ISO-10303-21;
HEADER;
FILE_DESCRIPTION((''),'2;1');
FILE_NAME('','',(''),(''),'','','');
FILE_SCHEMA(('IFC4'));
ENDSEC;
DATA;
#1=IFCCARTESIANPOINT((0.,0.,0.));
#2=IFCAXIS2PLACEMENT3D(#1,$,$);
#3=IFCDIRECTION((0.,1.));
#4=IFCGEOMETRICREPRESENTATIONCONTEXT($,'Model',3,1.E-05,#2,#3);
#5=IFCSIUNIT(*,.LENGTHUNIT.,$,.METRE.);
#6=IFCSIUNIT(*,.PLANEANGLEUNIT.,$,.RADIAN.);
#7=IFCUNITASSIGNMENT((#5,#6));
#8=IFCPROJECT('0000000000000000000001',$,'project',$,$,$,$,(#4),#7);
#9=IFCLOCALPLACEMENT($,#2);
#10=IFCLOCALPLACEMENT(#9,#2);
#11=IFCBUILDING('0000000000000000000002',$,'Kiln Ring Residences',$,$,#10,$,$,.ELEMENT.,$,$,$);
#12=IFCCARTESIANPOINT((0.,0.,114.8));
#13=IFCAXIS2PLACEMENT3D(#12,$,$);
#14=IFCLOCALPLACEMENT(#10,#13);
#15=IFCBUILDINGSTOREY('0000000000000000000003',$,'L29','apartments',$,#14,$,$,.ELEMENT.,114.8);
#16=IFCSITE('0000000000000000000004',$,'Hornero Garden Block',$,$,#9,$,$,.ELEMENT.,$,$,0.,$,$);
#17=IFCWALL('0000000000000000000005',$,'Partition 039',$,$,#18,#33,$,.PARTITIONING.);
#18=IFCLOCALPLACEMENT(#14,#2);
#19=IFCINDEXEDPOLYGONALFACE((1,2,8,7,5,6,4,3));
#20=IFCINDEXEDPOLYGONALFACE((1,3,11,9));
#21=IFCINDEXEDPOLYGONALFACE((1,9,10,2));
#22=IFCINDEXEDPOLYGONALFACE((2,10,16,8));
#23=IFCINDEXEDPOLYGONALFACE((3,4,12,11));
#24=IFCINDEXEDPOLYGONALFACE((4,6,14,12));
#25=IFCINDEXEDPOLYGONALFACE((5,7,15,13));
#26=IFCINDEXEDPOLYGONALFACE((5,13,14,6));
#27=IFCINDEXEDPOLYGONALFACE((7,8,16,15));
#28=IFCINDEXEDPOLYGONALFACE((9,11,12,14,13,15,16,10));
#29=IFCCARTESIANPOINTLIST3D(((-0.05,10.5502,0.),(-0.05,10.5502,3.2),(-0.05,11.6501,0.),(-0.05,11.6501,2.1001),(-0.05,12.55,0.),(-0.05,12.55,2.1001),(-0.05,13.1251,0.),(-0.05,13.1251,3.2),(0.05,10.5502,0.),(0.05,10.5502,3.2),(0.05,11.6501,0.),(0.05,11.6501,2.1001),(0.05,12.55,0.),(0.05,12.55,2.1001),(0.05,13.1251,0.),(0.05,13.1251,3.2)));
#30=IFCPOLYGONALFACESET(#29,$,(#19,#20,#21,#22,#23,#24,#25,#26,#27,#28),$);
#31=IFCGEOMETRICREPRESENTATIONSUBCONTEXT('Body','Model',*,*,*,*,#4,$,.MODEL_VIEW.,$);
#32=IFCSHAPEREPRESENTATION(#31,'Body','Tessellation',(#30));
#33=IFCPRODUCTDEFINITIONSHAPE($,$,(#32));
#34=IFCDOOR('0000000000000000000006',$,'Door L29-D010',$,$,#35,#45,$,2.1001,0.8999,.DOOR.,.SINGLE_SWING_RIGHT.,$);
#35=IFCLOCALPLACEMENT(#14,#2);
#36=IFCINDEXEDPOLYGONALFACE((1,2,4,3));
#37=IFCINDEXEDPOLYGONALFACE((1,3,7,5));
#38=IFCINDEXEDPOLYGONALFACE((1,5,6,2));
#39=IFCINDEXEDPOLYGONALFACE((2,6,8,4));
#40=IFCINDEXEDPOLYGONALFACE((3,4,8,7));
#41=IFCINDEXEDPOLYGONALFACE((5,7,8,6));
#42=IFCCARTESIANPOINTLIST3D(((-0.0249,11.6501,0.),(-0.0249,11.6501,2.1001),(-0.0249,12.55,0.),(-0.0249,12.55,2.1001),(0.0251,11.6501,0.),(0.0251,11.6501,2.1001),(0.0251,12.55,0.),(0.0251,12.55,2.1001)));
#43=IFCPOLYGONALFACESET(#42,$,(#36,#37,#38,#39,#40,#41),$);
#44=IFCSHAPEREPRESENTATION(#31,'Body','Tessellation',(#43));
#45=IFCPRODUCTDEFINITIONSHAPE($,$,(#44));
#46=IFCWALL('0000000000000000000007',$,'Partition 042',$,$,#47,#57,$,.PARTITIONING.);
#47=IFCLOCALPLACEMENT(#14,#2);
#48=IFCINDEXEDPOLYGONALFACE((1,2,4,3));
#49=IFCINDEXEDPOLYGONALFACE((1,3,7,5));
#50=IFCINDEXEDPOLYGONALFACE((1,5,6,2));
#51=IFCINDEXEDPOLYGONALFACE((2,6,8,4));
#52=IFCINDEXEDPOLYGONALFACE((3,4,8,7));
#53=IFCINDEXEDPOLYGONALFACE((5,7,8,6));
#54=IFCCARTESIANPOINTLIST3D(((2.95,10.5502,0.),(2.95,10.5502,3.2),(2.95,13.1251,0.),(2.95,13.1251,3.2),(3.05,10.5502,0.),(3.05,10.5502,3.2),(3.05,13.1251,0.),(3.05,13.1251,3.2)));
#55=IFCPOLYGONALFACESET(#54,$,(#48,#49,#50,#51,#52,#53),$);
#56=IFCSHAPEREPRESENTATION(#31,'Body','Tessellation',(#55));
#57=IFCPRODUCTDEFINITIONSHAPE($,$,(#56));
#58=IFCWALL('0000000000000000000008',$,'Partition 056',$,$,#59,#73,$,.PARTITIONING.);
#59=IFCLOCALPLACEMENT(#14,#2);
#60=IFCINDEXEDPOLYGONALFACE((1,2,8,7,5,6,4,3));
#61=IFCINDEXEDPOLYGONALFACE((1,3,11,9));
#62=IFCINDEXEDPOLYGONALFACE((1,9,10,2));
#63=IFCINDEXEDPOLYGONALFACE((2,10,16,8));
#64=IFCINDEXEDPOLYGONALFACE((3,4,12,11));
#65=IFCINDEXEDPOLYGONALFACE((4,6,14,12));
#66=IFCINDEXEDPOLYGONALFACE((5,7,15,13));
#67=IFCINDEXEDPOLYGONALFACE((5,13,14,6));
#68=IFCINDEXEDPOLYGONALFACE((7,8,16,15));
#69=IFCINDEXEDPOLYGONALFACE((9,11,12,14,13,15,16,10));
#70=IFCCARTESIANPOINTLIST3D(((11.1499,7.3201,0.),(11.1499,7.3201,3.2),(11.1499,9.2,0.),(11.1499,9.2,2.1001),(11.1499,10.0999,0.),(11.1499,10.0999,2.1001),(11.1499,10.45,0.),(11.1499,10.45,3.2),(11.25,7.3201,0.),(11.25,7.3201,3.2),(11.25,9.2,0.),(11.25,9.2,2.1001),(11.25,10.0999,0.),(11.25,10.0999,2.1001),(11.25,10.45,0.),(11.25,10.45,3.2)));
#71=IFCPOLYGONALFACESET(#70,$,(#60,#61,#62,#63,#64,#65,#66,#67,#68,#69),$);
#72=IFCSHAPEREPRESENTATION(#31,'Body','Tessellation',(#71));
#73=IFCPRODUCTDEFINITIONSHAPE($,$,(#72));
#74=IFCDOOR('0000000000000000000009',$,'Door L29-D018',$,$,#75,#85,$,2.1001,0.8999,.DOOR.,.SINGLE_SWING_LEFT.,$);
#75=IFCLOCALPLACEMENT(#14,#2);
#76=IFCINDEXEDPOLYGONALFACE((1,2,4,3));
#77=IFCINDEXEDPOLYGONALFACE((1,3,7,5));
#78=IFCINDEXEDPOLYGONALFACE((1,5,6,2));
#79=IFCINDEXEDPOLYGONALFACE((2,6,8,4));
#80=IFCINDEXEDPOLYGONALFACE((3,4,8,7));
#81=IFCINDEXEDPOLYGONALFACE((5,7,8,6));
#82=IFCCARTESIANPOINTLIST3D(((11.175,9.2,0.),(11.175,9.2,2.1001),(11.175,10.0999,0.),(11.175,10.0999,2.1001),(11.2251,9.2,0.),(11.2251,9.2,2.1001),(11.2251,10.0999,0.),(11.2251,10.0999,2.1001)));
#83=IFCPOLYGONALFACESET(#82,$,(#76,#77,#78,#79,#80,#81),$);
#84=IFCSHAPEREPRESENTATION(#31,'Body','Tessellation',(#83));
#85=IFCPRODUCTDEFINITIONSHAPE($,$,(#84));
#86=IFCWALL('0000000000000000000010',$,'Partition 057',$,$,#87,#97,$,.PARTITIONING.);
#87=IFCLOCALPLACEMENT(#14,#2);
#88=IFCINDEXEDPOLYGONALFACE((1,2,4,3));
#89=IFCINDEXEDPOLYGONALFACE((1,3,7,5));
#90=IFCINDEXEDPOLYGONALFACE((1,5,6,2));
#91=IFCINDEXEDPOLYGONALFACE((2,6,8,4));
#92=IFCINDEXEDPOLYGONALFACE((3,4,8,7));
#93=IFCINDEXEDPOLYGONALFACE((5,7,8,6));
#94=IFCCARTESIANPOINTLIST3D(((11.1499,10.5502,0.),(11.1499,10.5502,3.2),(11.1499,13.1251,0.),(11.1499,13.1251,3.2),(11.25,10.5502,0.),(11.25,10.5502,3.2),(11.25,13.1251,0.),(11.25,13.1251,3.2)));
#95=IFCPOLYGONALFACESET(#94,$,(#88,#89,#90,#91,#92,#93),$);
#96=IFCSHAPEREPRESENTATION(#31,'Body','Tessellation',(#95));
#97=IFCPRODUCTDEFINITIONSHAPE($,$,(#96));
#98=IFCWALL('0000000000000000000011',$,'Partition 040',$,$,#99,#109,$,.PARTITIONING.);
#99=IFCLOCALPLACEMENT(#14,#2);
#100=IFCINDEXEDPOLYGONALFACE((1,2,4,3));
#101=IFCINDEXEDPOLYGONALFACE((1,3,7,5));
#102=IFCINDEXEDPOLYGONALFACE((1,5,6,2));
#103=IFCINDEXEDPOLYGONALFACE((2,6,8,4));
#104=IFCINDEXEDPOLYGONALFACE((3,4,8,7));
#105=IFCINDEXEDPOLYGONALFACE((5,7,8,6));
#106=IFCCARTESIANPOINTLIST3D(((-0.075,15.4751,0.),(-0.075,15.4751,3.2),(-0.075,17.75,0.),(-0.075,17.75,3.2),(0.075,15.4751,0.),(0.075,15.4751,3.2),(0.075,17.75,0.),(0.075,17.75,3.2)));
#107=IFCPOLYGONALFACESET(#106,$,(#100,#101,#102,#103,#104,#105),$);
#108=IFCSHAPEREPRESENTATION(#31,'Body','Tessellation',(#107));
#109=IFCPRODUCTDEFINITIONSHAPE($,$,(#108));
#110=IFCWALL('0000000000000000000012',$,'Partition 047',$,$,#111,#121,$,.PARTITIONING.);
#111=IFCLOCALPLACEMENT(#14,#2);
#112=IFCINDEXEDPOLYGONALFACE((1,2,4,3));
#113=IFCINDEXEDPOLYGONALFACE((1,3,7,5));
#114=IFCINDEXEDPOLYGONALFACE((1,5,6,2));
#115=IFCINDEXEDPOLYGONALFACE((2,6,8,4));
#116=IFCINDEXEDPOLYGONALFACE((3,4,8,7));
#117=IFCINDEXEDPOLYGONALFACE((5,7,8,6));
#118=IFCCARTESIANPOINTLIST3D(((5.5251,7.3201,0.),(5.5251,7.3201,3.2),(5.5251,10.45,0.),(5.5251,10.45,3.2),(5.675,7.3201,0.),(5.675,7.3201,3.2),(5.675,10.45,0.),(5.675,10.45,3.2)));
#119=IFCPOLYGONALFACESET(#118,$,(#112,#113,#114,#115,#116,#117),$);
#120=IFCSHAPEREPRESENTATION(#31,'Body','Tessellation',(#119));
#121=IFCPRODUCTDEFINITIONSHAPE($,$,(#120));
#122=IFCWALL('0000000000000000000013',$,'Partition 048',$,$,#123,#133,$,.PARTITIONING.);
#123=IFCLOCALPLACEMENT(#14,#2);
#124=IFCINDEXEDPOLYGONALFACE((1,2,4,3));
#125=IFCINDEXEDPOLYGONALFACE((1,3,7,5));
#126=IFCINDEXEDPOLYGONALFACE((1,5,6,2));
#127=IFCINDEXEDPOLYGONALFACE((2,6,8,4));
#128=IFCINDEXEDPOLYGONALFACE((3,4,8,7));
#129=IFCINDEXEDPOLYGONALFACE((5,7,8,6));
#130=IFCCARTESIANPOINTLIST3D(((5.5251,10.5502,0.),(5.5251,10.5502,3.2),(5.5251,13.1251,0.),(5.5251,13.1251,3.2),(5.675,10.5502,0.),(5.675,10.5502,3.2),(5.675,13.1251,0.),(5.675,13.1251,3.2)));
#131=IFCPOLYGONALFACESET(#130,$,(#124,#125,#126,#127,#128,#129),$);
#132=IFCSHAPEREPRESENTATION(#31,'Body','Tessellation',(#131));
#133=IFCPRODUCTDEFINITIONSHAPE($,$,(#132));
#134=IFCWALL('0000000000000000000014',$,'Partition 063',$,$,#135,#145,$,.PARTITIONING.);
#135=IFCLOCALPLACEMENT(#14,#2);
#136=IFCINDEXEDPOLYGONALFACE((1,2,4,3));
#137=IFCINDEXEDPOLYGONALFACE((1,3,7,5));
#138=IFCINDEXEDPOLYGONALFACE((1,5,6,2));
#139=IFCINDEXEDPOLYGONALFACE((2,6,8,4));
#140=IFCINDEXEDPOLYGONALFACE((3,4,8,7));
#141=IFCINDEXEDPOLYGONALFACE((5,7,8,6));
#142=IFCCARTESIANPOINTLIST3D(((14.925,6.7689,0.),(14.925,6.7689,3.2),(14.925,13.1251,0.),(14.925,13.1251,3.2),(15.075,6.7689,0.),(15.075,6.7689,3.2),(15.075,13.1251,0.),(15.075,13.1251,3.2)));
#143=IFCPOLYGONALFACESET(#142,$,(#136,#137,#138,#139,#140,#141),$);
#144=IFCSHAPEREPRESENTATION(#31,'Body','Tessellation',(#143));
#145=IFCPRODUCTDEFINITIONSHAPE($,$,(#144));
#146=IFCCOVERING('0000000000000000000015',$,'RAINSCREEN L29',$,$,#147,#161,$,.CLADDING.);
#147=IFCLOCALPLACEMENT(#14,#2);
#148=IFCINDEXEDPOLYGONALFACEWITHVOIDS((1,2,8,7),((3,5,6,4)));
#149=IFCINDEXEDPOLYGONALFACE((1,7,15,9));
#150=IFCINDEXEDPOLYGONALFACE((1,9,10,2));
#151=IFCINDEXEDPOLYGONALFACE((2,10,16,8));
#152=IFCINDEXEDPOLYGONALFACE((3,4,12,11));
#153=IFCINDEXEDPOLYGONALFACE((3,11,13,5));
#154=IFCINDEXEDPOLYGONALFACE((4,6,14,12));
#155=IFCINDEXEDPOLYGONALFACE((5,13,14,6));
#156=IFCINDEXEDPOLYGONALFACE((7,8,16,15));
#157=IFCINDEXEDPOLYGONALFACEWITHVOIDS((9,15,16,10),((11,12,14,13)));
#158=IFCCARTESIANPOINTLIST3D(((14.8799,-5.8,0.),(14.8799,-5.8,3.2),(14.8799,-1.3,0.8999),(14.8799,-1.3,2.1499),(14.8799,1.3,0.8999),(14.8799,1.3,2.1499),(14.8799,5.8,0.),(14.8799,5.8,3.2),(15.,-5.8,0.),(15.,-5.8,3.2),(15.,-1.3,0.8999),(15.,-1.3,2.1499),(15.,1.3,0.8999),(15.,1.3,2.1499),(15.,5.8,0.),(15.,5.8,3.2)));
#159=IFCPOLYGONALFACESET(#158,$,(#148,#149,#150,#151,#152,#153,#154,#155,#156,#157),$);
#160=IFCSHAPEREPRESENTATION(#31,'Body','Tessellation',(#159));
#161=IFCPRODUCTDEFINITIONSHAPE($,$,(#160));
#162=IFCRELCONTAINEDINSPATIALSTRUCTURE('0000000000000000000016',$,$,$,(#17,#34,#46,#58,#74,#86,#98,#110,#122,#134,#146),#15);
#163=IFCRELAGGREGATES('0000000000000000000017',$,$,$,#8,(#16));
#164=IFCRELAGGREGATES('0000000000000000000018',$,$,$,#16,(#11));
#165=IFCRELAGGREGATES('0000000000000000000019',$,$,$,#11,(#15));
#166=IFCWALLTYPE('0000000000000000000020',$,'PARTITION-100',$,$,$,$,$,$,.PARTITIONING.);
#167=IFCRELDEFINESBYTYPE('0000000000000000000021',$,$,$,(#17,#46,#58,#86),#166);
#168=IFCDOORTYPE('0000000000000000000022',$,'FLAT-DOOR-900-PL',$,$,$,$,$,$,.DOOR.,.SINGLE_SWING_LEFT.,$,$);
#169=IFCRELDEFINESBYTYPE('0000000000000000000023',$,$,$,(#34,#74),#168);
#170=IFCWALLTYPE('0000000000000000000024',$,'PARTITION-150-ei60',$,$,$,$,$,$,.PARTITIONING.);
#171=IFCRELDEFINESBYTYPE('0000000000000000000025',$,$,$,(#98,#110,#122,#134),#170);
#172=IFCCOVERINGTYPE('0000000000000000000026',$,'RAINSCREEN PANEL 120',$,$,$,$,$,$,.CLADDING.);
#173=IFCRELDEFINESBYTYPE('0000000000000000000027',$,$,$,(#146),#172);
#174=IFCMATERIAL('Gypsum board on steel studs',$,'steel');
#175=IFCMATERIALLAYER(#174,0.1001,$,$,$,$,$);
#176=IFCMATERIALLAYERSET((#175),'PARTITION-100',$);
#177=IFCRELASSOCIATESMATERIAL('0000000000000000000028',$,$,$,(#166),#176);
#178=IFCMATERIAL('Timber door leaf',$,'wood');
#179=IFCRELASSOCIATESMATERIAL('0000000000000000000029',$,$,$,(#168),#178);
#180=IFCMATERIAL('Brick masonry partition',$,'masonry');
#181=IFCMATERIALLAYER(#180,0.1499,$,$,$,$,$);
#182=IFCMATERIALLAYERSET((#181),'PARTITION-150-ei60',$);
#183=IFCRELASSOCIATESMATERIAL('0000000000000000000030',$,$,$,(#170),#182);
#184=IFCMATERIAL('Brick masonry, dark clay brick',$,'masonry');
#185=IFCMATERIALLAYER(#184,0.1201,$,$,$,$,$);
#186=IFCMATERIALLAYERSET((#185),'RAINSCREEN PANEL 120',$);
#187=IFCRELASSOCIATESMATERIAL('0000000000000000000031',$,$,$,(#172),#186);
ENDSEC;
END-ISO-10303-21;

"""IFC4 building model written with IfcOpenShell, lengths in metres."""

from ifc_helpers import new_model, si_unit, direction, frame, frame_2d, origin, place, context, subcontext, project, spatial, polyline, rectangle, outline, extrude, material, layer, layer_set, type_object, element, fill, save


model = new_model("IFC4")

# Units and contexts
model_context = context("Model", 3, precision=1e-05, world=origin(), true_north=direction((0.0, 1.0)))
body_context = subcontext(model_context, "Body", "Model", "MODEL_VIEW")
ifc_project = project(units=[si_unit("LENGTHUNIT", "METRE"), si_unit("PLANEANGLEUNIT", "RADIAN")], contexts=[model_context])

# Site, building, storey
site_placement = place(None, origin())
site = spatial("IfcSite", under=ifc_project, at=site_placement, Name="Hornero Garden Block", CompositionType="ELEMENT", RefElevation=0.0)
building_placement = place(site_placement, origin())
building = spatial("IfcBuilding", under=site, at=building_placement, Name="Kiln Ring Residences", CompositionType="ELEMENT")
storey_placement = place(building_placement, frame((0.0, 0.0, 114.8)))
storey = spatial("IfcBuildingStorey", under=building, at=storey_placement, Name="L29", Description="apartments", CompositionType="ELEMENT", Elevation=114.8)

# Shared definitions
ifc_material_1 = material(Name="Gypsum board on steel studs", Category="steel")
ifc_layer_1 = layer(ifc_material_1, 0.1001)
ifc_layer_set_1 = layer_set([ifc_layer_1], Name="PARTITION-100")
wall_type_1 = type_object("IfcWallType", Name="PARTITION-100", PredefinedType="PARTITIONING", material=ifc_layer_set_1)

# Wall, opening, door
wall_1_placement = place(storey_placement, frame((0.0, 10.55, 0.0), z_axis=(0.0, 0.0, 1.0), x_axis=(0.0, 1.0, 0.0)))
wall_1 = element("IfcWall", 1, at=wall_1_placement, inside=storey, type_object=wall_type_1, Name="Partition 039", PredefinedType="PARTITIONING", context=body_context, shape_type="SweptSolid", body=[
    extrude(rectangle(XDim=2.575, YDim=0.1001, at=frame_2d((1.2876, 0.0))), origin(), (0.0, 0.0, 1.0), 3.2),
])
opening_1_placement = place(wall_1_placement, frame((1.1001, 0.0, 0.0)))
opening_1 = element("IfcOpeningElement", 2, at=opening_1_placement, cuts=wall_1, PredefinedType="OPENING", context=body_context, shape_type="SweptSolid", body=[
    extrude(rectangle(XDim=0.8999, YDim=2.1001, at=frame_2d((0.45, 1.05))), frame((0.0, 0.0601, 0.0), z_axis=(0.0, -1.0, 0.0), x_axis=(1.0, 0.0, 0.0)), (0.0, 0.0, 1.0), 0.1201),
])
ifc_material_2 = material(Name="Timber door leaf", Category="wood")
door_type = type_object("IfcDoorType", Name="FLAT-DOOR-900-PL", OperationType="SINGLE_SWING_LEFT", PredefinedType="DOOR", material=ifc_material_2)
door_1_placement = place(opening_1_placement, origin())
door_1 = element("IfcDoor", 3, at=door_1_placement, inside=storey, type_object=door_type, Name="Door L29-D010", OperationType="SINGLE_SWING_RIGHT", OverallHeight=2.1001, OverallWidth=0.8999, PredefinedType="DOOR", context=body_context, shape_type="SweptSolid", body=[
    extrude(rectangle(XDim=0.8999, YDim=2.1001, at=frame_2d((0.45, 1.05))), frame((0.0, 0.0249, 0.0), z_axis=(0.0, -1.0, 0.0), x_axis=(1.0, 0.0, 0.0)), (0.0, 0.0, 1.0), 0.05),
])
fill(opening_1, door_1)

# Wall
wall_2_placement = place(storey_placement, frame((3.0, 10.55, 0.0), z_axis=(0.0, 0.0, 1.0), x_axis=(0.0, 1.0, 0.0)))
element("IfcWall", 4, at=wall_2_placement, inside=storey, type_object=wall_type_1, Name="Partition 042", PredefinedType="PARTITIONING", context=body_context, shape_type="SweptSolid", body=[
    extrude(rectangle(XDim=2.575, YDim=0.1001, at=frame_2d((1.2876, 0.0))), origin(), (0.0, 0.0, 1.0), 3.2),
])

# Wall, opening, door
wall_3_placement = place(storey_placement, frame((11.2, 7.3201, 0.0), z_axis=(0.0, 0.0, 1.0), x_axis=(0.0, 1.0, 0.0)))
wall_3 = element("IfcWall", 5, at=wall_3_placement, inside=storey, type_object=wall_type_1, Name="Partition 056", PredefinedType="PARTITIONING", context=body_context, shape_type="SweptSolid", body=[
    extrude(rectangle(XDim=3.1299, YDim=0.1001, at=frame_2d((1.5649, 0.0))), origin(), (0.0, 0.0, 1.0), 3.2),
])
opening_2_placement = place(wall_3_placement, frame((1.8799, 0.0, 0.0)))
opening_2 = element("IfcOpeningElement", 6, at=opening_2_placement, cuts=wall_3, PredefinedType="OPENING", context=body_context, shape_type="SweptSolid", body=[
    extrude(rectangle(XDim=0.8999, YDim=2.1001, at=frame_2d((0.45, 1.05))), frame((0.0, 0.0601, 0.0), z_axis=(0.0, -1.0, 0.0), x_axis=(1.0, 0.0, 0.0)), (0.0, 0.0, 1.0), 0.1201),
])
door_2_placement = place(opening_2_placement, origin())
door_2 = element("IfcDoor", 7, at=door_2_placement, inside=storey, type_object=door_type, Name="Door L29-D018", OperationType="SINGLE_SWING_LEFT", OverallHeight=2.1001, OverallWidth=0.8999, PredefinedType="DOOR", context=body_context, shape_type="SweptSolid", body=[
    extrude(rectangle(XDim=0.8999, YDim=2.1001, at=frame_2d((0.45, 1.05))), frame((0.0, 0.0249, 0.0), z_axis=(0.0, -1.0, 0.0), x_axis=(1.0, 0.0, 0.0)), (0.0, 0.0, 1.0), 0.05),
])
fill(opening_2, door_2)

# Walls
wall_4_placement = place(storey_placement, frame((11.2, 10.55, 0.0), z_axis=(0.0, 0.0, 1.0), x_axis=(0.0, 1.0, 0.0)))
element("IfcWall", 8, at=wall_4_placement, inside=storey, type_object=wall_type_1, Name="Partition 057", PredefinedType="PARTITIONING", context=body_context, shape_type="SweptSolid", body=[
    extrude(rectangle(XDim=2.575, YDim=0.1001, at=frame_2d((1.2876, 0.0))), origin(), (0.0, 0.0, 1.0), 3.2),
])
ifc_material_3 = material(Name="Brick masonry partition", Category="masonry")
ifc_layer_2 = layer(ifc_material_3, 0.1499)
ifc_layer_set_2 = layer_set([ifc_layer_2], Name="PARTITION-150-ei60")
wall_type_2 = type_object("IfcWallType", Name="PARTITION-150-ei60", PredefinedType="PARTITIONING", material=ifc_layer_set_2)
wall_5_placement = place(storey_placement, frame((0.0, 15.4751, 0.0), z_axis=(0.0, 0.0, 1.0), x_axis=(0.0, 1.0, 0.0)))
element("IfcWall", 9, at=wall_5_placement, inside=storey, type_object=wall_type_2, Name="Partition 040", PredefinedType="PARTITIONING", context=body_context, shape_type="SweptSolid", body=[
    extrude(rectangle(XDim=2.2749, YDim=0.1499, at=frame_2d((1.1375, 0.0))), origin(), (0.0, 0.0, 1.0), 3.2),
])
wall_6_placement = place(storey_placement, frame((5.6001, 7.3201, 0.0), z_axis=(0.0, 0.0, 1.0), x_axis=(0.0, 1.0, 0.0)))
element("IfcWall", 10, at=wall_6_placement, inside=storey, type_object=wall_type_2, Name="Partition 047", PredefinedType="PARTITIONING", context=body_context, shape_type="SweptSolid", body=[
    extrude(rectangle(XDim=3.1299, YDim=0.1499, at=frame_2d((1.5649, 0.0))), origin(), (0.0, 0.0, 1.0), 3.2),
])
wall_7_placement = place(storey_placement, frame((5.6001, 10.55, 0.0), z_axis=(0.0, 0.0, 1.0), x_axis=(0.0, 1.0, 0.0)))
element("IfcWall", 11, at=wall_7_placement, inside=storey, type_object=wall_type_2, Name="Partition 048", PredefinedType="PARTITIONING", context=body_context, shape_type="SweptSolid", body=[
    extrude(rectangle(XDim=2.575, YDim=0.1499, at=frame_2d((1.2876, 0.0))), origin(), (0.0, 0.0, 1.0), 3.2),
])
wall_8_placement = place(storey_placement, frame((15.0, 6.7688, 0.0), z_axis=(0.0, 0.0, 1.0), x_axis=(0.0, 1.0, 0.0)))
element("IfcWall", 12, at=wall_8_placement, inside=storey, type_object=wall_type_2, Name="Partition 063", PredefinedType="PARTITIONING", context=body_context, shape_type="SweptSolid", body=[
    extrude(rectangle(XDim=6.3562, YDim=0.1499, at=frame_2d((3.1782, 0.0))), origin(), (0.0, 0.0, 1.0), 3.2),
])

# Covering
ifc_material_4 = material(Name="Brick masonry, dark clay brick", Category="masonry")
ifc_layer_3 = layer(ifc_material_4, 0.1201)
ifc_layer_set_3 = layer_set([ifc_layer_3], Name="RAINSCREEN PANEL 120")
covering_type = type_object("IfcCoveringType", Name="RAINSCREEN PANEL 120", PredefinedType="CLADDING", material=ifc_layer_set_3)
covering_placement = place(storey_placement, frame((14.9399, 5.8, 0.0), z_axis=(0.0, 0.0, 1.0), x_axis=(0.0, -1.0, 0.0)))
element("IfcCovering", 13, at=covering_placement, inside=storey, type_object=covering_type, Name="RAINSCREEN L29", PredefinedType="CLADDING", context=body_context, shape_type="SweptSolid", body=[
    extrude(outline(polyline([(0.0, 0.0), (11.6001, 0.0), (11.6001, 3.2), (0.0, 3.2), (0.0, 0.0)]), holes=[polyline([(4.5, 2.1499), (4.5, 0.8999), (7.1001, 0.8999), (7.1001, 2.1499), (4.5, 2.1499)])]), frame((0.0, 0.0601, 0.0), z_axis=(0.0, -1.0, 0.0), x_axis=(1.0, 0.0, 0.0)), (0.0, 0.0, 1.0), 0.1201),
])

save(model, "model.ifc")
